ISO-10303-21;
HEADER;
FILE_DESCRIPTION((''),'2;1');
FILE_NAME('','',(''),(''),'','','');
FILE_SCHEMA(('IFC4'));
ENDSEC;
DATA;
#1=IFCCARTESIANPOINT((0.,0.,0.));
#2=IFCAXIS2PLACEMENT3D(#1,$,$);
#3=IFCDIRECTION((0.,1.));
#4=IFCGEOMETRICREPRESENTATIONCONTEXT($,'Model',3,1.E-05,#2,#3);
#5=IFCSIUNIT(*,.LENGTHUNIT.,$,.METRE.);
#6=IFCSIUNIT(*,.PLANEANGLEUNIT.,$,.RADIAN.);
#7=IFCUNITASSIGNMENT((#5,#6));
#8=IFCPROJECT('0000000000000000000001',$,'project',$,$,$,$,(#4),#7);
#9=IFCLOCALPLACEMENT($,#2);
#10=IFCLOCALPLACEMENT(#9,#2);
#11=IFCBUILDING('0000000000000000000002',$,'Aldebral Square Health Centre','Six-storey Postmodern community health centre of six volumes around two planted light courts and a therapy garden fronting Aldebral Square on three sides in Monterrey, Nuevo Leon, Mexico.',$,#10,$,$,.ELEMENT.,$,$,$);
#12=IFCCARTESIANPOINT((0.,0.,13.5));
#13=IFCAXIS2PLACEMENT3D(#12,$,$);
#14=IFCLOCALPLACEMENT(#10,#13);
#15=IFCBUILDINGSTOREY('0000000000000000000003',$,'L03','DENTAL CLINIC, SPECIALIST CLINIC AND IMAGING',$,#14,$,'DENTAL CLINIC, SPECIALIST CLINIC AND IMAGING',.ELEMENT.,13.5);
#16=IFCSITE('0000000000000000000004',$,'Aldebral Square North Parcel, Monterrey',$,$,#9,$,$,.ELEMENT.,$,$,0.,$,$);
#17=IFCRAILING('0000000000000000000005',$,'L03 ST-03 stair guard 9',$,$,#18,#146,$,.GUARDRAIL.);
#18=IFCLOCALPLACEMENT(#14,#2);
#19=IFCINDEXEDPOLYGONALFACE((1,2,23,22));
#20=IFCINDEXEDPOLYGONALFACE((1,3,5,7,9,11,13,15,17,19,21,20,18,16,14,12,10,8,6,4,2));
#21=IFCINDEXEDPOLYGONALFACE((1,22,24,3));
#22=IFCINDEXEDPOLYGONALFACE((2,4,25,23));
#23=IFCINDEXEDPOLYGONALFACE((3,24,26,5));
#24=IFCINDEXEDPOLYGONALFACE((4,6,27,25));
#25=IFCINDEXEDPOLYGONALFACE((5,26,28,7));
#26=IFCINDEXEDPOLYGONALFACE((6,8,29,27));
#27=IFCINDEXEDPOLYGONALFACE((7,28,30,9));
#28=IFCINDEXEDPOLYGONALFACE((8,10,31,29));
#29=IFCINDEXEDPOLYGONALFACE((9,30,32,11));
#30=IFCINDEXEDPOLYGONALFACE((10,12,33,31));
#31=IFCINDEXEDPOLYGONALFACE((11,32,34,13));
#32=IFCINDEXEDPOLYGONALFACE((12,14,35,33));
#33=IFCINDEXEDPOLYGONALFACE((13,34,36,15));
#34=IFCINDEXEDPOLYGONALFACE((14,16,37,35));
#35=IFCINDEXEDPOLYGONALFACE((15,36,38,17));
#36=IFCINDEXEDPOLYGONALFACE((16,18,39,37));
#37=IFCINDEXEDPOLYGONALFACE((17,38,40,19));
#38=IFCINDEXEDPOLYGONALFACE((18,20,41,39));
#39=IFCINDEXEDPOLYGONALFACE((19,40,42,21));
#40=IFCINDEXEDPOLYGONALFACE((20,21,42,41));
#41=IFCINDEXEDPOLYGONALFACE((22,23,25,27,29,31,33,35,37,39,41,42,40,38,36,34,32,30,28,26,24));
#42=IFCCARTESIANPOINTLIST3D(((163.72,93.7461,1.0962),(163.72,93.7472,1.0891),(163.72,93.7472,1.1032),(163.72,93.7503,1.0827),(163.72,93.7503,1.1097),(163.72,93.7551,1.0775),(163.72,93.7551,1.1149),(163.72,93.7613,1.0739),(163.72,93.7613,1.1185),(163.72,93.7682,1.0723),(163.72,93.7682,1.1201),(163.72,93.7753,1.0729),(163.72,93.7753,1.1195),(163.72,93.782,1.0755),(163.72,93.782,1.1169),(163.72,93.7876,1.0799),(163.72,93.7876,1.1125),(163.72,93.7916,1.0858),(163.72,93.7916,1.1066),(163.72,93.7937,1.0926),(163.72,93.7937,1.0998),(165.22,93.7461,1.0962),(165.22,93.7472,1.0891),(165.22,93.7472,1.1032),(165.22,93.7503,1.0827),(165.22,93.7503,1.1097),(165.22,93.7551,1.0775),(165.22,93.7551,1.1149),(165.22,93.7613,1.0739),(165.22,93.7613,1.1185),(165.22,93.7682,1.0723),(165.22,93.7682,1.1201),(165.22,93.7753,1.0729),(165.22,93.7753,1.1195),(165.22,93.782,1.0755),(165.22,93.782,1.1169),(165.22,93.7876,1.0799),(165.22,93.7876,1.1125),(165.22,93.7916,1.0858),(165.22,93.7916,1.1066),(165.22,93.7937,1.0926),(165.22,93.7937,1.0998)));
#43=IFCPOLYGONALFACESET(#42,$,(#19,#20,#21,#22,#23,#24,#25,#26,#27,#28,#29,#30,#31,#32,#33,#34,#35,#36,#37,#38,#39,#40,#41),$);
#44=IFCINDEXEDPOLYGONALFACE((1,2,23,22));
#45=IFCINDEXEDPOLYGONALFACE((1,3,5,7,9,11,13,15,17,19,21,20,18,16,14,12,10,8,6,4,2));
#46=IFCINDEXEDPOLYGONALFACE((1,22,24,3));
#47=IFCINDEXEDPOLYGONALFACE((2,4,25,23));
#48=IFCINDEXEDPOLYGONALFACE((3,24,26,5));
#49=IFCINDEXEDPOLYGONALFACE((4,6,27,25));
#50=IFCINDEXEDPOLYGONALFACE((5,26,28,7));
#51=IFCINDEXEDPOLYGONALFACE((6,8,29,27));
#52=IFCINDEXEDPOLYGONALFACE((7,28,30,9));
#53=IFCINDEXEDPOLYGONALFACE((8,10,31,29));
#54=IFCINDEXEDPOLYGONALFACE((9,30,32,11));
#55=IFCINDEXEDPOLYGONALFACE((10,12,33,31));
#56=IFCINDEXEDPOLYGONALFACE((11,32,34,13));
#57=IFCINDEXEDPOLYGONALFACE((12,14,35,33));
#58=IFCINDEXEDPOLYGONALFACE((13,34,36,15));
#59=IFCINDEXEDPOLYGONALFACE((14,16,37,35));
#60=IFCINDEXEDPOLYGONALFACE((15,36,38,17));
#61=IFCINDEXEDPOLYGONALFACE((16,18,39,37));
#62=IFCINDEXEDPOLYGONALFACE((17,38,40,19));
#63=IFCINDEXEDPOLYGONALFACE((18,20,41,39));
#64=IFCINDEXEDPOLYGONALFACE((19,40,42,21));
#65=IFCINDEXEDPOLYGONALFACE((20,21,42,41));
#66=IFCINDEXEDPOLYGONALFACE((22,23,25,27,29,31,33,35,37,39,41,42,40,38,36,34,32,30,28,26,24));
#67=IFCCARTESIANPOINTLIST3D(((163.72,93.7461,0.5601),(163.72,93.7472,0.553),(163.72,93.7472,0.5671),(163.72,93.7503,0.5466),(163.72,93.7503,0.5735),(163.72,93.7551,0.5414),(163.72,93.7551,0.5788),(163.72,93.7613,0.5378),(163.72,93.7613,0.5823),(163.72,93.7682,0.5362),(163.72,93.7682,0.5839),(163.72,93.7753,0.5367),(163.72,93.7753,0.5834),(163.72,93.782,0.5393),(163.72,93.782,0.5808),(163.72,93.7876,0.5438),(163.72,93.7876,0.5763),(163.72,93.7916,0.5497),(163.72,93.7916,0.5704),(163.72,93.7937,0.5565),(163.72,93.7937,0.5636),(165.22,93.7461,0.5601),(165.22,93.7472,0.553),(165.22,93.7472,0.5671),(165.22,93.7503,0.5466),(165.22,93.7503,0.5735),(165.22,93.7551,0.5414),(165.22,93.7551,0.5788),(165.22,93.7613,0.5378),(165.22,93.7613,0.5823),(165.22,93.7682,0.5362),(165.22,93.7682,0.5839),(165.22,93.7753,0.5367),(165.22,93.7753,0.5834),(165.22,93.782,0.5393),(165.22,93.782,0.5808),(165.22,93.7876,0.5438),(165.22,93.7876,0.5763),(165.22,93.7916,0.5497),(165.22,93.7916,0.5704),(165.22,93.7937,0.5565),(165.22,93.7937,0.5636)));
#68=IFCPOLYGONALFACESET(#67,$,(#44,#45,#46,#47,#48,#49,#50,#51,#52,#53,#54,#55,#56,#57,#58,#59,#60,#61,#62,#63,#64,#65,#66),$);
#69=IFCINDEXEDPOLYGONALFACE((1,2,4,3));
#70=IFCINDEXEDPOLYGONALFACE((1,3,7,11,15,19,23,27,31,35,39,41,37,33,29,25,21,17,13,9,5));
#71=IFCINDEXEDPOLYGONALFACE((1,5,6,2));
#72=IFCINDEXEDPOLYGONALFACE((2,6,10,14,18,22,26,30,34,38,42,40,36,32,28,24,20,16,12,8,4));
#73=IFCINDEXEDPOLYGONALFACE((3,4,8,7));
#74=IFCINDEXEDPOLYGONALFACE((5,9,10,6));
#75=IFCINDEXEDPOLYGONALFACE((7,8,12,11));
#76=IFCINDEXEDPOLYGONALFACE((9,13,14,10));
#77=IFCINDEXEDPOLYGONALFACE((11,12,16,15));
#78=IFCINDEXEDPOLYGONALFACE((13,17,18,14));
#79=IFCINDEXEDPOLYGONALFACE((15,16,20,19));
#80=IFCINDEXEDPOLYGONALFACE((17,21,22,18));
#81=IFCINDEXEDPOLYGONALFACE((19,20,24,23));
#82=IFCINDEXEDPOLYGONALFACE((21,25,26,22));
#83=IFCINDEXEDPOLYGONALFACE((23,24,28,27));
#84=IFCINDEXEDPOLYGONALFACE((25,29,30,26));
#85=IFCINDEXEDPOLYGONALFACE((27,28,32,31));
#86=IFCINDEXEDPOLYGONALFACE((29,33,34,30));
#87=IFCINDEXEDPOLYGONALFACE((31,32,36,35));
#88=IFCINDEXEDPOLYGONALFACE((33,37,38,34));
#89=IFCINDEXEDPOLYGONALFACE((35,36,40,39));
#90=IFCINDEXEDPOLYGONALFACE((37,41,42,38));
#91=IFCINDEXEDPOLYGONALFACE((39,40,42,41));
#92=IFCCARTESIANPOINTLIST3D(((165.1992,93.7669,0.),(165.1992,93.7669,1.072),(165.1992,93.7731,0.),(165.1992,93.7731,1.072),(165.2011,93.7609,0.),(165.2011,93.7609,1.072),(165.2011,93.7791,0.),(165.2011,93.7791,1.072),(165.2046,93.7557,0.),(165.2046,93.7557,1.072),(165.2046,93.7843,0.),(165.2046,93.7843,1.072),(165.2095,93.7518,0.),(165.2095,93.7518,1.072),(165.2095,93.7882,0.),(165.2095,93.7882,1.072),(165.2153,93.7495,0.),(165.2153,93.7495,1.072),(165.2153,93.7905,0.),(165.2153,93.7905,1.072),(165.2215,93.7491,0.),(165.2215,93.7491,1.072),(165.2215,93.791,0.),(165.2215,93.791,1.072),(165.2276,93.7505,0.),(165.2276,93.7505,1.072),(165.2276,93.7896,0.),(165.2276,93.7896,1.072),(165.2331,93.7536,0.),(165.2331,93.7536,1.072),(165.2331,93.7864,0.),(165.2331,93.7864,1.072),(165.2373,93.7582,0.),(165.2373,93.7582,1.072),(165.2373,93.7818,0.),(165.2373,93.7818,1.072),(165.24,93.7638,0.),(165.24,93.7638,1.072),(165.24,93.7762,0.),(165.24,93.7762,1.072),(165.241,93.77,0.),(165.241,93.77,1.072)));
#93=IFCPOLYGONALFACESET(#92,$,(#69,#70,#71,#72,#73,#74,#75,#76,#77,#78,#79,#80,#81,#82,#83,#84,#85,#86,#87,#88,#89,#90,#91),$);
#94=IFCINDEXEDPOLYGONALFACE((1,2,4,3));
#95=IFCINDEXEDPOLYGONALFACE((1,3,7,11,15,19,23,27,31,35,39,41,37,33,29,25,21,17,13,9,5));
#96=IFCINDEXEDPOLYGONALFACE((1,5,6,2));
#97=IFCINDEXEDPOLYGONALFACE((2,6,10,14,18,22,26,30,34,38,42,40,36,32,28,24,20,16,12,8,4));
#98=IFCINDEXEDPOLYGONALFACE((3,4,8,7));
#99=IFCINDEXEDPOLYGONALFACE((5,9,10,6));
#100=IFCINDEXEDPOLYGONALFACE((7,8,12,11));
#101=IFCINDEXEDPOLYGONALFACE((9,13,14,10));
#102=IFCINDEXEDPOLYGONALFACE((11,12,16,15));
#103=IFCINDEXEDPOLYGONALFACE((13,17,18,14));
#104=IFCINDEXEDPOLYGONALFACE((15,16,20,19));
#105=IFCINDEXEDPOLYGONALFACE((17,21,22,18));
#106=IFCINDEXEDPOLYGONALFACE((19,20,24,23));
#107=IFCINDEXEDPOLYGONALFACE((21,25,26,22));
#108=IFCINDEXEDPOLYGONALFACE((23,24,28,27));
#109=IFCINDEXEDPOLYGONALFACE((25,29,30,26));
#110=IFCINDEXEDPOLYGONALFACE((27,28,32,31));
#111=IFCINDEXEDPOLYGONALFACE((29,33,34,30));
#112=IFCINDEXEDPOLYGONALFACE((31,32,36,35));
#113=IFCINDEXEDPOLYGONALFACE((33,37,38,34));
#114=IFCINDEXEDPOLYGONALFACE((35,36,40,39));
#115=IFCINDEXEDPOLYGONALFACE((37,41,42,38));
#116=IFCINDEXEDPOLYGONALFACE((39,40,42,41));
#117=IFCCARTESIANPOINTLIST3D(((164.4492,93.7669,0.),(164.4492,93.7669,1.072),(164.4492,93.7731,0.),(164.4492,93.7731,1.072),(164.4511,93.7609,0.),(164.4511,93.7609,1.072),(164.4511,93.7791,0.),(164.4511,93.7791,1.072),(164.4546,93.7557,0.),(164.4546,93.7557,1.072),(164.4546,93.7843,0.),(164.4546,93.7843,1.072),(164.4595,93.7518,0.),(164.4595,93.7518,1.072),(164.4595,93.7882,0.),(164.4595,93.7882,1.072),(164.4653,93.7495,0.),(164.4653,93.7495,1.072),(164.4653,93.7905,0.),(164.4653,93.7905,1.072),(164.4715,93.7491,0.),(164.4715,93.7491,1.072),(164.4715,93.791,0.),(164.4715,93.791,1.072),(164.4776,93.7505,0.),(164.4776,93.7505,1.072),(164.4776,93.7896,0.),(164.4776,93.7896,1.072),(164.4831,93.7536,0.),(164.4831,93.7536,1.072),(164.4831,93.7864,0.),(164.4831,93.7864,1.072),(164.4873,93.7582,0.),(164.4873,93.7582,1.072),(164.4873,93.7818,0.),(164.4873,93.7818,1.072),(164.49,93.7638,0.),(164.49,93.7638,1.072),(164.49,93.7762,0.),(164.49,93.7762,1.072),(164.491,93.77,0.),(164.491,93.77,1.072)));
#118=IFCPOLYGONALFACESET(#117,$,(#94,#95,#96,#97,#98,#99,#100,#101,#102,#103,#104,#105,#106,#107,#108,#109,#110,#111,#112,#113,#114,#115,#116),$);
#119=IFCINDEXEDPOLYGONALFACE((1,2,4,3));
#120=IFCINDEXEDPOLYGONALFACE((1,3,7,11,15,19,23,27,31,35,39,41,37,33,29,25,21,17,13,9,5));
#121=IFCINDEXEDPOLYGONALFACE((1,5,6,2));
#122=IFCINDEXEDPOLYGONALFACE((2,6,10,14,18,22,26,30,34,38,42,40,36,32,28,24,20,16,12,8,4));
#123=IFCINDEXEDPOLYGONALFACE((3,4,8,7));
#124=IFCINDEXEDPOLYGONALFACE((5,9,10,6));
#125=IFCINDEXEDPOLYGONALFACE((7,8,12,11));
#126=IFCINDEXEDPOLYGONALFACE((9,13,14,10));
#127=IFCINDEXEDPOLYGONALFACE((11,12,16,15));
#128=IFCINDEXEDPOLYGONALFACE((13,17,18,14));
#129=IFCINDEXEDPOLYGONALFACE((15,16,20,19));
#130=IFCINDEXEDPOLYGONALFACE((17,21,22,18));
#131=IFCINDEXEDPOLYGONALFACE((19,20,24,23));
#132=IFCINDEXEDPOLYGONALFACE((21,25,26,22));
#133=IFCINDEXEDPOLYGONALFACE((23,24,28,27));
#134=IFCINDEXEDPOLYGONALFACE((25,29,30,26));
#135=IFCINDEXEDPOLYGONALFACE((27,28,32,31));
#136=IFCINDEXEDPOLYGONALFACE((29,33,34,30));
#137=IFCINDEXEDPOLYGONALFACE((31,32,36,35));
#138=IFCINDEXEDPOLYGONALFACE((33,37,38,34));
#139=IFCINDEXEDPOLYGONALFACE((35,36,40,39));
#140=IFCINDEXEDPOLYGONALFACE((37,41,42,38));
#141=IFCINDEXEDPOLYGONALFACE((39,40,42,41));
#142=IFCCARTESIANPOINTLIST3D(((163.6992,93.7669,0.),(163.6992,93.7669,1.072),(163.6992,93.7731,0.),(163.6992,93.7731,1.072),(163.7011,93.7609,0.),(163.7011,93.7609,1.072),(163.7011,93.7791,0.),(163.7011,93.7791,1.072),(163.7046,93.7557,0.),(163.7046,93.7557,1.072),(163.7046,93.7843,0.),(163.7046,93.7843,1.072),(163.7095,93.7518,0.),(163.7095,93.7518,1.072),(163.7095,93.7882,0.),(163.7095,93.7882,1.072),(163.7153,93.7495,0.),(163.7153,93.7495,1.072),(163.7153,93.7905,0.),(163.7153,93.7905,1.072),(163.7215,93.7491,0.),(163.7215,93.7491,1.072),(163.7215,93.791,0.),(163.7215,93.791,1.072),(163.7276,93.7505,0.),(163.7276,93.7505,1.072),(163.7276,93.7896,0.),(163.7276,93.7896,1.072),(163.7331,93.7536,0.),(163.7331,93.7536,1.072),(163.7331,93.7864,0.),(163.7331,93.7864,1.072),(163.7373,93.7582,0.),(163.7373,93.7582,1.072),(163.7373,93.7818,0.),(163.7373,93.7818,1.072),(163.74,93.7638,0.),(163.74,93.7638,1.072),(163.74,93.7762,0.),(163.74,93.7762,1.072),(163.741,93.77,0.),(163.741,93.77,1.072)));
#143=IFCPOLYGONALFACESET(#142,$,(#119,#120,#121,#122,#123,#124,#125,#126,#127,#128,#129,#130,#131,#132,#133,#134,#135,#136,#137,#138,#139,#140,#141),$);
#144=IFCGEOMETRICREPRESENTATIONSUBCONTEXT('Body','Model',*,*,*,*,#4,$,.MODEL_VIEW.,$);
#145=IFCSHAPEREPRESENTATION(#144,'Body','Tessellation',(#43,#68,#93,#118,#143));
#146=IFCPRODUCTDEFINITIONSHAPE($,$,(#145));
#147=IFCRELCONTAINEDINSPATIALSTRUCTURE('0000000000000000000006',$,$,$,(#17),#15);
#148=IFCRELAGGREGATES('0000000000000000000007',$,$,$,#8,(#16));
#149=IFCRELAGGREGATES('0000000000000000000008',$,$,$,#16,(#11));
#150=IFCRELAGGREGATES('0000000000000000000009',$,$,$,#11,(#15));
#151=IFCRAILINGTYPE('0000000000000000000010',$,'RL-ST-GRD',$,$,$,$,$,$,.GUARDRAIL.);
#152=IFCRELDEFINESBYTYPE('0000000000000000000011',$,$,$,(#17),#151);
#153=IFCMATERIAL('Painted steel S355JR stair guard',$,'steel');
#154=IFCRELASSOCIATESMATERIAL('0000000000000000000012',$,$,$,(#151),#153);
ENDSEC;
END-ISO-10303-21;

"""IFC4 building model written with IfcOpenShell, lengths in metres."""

from ifc_helpers import new_model, si_unit, direction, frame, origin, origin_2d, place, context, subcontext, project, spatial, circle, extrude, material, type_object, element, save


model = new_model("IFC4")

# Units and contexts
model_context = context("Model", 3, precision=1e-05, world=origin(), true_north=direction((0.0, 1.0)))
body_context = subcontext(model_context, "Body", "Model", "MODEL_VIEW")
ifc_project = project(units=[si_unit("LENGTHUNIT", "METRE"), si_unit("PLANEANGLEUNIT", "RADIAN")], contexts=[model_context])

# Site, building, storey
site_placement = place(None, origin())
site = spatial("IfcSite", under=ifc_project, at=site_placement, Name="Aldebral Square North Parcel, Monterrey", CompositionType="ELEMENT", RefElevation=0.0)
building_placement = place(site_placement, origin())
building = spatial("IfcBuilding", under=site, at=building_placement, Name="Aldebral Square Health Centre", Description="Six-storey Postmodern community health centre of six volumes around two planted light courts and a therapy garden fronting Aldebral Square on three sides in Monterrey, Nuevo Leon, Mexico.", CompositionType="ELEMENT")
storey_placement = place(building_placement, frame((0.0, 0.0, 13.5)))
storey = spatial("IfcBuildingStorey", under=building, at=storey_placement, Name="L03", Description="DENTAL CLINIC, SPECIALIST CLINIC AND IMAGING", LongName="DENTAL CLINIC, SPECIALIST CLINIC AND IMAGING", CompositionType="ELEMENT", Elevation=13.5)

# Railing
ifc_material_1 = material(Name="Painted steel S355JR stair guard", Category="steel")
railing_type_1 = type_object("IfcRailingType", Name="RL-ST-GRD", PredefinedType="GUARDRAIL", material=ifc_material_1)
for number, where, name in (
    (1, (165.22, 93.77, 0.0), "L03 ST-03 stair guard 9"),
):
    element("IfcRailing", number, at=place(storey_placement, frame(where)), inside=storey, type_object=railing_type_1, Name=name, PredefinedType="GUARDRAIL", context=body_context, shape_type="SweptSolid", body=[
        extrude(circle(Radius=0.0239, at=origin_2d()), frame((0.0, 0.0, 1.0962), z_axis=(-1.0, 0.0, 0.0), x_axis=(0.0, -1.0, 0.0)), (0.0, 0.0, 1.0), 1.5),
        extrude(circle(Radius=0.0239, at=origin_2d()), frame((0.0, 0.0, 0.5601), z_axis=(-1.0, 0.0, 0.0), x_axis=(0.0, -1.0, 0.0)), (0.0, 0.0, 1.0), 1.5),
        extrude(circle(Radius=0.021, at=origin_2d()), origin(), (0.0, 0.0, 1.0), 1.072),
        extrude(circle(Radius=0.021, at=origin_2d()), frame((-0.75, 0.0, 0.0)), (0.0, 0.0, 1.0), 1.072),
        extrude(circle(Radius=0.021, at=origin_2d()), frame((-1.5, 0.0, 0.0)), (0.0, 0.0, 1.0), 1.072),
    ])

save(model, "model.ifc")
